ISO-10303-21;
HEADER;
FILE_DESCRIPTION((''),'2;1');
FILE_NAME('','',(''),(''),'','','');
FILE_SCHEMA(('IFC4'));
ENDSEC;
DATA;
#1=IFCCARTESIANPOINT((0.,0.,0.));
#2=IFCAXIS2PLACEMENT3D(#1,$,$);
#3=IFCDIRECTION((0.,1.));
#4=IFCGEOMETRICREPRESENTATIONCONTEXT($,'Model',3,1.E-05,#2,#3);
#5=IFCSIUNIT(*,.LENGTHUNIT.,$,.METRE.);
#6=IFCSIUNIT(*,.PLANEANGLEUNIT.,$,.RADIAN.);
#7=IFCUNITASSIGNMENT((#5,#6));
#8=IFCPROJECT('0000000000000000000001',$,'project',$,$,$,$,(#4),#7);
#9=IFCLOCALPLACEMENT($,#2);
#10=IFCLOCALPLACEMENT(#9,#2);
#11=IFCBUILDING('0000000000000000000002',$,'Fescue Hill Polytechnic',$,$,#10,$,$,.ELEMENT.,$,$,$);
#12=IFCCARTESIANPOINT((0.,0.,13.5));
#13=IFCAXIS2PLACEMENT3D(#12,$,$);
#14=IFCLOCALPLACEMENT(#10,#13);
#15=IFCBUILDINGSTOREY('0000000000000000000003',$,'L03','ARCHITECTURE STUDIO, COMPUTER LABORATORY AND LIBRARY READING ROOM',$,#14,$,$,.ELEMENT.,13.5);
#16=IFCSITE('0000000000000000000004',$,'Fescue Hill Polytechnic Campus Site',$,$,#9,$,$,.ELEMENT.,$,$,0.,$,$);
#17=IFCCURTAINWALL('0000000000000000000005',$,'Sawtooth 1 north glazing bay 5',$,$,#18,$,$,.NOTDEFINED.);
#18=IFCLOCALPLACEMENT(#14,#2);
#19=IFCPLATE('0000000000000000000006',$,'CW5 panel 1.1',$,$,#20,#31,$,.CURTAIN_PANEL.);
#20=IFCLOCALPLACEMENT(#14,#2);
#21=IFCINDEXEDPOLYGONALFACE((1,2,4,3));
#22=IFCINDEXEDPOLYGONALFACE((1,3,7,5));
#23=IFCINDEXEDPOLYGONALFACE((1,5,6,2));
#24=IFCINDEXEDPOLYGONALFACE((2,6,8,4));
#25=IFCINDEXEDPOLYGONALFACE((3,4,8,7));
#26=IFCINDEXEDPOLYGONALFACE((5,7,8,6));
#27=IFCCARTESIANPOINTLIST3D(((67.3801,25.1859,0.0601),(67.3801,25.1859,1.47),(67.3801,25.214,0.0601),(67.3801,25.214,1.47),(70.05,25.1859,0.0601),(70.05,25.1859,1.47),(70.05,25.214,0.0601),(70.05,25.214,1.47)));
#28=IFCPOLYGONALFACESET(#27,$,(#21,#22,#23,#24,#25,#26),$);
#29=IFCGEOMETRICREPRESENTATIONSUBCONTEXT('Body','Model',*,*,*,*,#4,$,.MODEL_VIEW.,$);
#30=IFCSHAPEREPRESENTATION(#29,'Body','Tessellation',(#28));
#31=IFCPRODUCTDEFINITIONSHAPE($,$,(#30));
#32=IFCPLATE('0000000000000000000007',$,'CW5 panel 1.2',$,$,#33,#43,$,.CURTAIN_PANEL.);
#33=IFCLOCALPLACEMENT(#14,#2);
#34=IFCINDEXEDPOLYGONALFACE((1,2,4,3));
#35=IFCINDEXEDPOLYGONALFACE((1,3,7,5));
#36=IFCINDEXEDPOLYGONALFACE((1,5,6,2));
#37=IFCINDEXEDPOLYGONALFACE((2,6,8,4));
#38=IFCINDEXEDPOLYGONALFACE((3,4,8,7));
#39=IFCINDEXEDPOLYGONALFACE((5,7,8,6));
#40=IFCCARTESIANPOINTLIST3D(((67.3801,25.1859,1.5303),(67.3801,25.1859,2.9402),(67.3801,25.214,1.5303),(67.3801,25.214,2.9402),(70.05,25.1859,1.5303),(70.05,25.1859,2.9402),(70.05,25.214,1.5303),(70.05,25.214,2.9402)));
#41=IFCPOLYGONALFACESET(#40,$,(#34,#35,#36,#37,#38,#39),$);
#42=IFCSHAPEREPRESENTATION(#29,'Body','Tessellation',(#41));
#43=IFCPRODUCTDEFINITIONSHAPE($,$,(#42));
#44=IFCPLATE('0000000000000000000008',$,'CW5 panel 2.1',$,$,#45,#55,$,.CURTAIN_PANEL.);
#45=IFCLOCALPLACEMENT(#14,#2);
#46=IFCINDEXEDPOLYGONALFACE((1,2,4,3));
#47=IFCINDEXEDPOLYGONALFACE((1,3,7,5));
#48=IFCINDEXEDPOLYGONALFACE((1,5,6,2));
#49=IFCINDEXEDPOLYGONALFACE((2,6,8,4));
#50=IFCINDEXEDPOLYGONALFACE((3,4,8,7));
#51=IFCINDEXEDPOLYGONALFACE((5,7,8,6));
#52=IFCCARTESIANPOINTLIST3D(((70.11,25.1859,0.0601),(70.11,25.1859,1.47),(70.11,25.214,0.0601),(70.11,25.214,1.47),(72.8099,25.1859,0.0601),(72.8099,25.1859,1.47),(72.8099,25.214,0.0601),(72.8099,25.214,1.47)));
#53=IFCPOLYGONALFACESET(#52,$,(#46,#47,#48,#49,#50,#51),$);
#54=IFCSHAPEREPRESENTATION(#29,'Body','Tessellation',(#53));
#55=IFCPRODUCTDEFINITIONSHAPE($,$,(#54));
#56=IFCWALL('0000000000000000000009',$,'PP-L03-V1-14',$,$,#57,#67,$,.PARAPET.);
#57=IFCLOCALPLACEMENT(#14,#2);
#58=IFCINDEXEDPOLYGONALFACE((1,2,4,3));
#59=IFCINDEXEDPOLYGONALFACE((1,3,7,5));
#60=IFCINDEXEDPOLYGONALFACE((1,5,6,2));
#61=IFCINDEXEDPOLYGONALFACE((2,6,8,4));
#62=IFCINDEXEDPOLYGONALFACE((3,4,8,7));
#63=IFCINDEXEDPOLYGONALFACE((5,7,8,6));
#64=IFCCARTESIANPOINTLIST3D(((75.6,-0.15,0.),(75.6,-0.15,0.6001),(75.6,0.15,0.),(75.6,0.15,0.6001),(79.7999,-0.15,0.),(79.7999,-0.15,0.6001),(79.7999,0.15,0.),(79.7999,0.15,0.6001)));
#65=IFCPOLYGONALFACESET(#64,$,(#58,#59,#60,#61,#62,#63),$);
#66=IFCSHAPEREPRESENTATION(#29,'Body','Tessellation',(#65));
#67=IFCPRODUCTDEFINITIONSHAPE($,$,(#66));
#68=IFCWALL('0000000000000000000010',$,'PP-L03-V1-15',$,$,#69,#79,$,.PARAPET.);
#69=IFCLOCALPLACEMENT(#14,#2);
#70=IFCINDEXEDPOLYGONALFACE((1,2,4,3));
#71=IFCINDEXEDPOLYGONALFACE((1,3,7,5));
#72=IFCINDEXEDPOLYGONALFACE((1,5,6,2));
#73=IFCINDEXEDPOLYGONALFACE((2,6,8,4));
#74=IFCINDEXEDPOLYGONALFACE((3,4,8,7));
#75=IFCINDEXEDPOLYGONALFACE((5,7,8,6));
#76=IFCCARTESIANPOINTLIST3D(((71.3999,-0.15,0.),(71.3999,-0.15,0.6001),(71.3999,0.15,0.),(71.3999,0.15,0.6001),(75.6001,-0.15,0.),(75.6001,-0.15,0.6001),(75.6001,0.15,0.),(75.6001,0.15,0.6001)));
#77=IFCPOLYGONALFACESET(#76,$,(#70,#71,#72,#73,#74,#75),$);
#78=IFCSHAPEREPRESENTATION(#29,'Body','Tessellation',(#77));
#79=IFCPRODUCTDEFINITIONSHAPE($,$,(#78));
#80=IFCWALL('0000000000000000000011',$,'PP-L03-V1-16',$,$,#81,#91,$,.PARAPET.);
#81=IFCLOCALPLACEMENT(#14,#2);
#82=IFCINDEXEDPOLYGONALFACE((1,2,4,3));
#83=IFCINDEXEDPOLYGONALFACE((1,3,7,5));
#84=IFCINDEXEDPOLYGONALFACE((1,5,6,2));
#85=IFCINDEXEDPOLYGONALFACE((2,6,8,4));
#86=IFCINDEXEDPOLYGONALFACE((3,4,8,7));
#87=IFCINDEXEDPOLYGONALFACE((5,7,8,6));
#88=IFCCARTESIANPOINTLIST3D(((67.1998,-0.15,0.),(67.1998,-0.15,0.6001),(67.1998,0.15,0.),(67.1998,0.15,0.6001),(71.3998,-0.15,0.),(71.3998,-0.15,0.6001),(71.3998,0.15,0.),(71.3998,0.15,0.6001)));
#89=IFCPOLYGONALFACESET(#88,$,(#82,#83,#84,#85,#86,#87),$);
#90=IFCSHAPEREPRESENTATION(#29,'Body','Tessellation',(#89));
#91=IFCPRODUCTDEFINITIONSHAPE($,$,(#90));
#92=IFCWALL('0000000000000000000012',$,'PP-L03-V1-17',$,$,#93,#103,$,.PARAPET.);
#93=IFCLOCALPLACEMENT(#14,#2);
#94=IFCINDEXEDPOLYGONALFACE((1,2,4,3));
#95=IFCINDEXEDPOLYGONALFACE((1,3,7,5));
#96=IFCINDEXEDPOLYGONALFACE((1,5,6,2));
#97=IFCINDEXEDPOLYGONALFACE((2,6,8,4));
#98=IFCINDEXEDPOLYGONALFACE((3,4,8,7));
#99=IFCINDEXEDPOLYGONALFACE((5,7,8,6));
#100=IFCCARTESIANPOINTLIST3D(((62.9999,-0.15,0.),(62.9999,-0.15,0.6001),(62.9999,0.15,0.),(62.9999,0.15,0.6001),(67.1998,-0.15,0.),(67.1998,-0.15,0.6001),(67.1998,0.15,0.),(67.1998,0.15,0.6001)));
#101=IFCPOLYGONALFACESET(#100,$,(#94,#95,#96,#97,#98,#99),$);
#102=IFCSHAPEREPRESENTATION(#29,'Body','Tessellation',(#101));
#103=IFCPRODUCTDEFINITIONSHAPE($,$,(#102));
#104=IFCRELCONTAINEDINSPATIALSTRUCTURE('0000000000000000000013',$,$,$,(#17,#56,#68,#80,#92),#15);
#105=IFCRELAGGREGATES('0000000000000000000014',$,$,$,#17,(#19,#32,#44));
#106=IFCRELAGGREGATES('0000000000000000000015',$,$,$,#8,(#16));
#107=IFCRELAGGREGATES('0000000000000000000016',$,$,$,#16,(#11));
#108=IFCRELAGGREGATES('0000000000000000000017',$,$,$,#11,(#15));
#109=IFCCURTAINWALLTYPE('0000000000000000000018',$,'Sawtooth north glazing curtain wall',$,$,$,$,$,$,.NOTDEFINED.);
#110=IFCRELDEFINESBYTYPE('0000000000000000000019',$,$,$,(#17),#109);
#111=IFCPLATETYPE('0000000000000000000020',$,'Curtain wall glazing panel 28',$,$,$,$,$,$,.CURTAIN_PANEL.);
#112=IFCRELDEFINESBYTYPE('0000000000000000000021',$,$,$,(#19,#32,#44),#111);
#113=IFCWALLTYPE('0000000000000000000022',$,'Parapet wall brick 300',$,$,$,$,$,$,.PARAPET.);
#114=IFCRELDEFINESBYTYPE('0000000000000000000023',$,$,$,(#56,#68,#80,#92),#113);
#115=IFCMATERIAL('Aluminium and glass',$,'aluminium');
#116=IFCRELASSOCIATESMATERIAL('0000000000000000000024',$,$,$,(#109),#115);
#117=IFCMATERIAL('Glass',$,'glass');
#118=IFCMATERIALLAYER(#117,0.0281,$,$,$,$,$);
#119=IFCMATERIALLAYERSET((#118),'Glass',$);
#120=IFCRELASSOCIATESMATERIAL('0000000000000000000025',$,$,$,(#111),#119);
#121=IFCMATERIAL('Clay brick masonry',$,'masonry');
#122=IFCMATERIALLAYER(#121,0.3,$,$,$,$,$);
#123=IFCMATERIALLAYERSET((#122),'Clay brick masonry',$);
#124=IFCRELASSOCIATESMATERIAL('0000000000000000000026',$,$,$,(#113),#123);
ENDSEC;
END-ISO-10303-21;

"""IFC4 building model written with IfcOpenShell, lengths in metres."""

from ifc_helpers import new_model, si_unit, direction, frame, frame_2d, origin, origin_2d, place, context, subcontext, project, spatial, rectangle, extrude, material, layer, layer_set, type_object, element, aggregate, save


model = new_model("IFC4")

# Units and contexts
model_context = context("Model", 3, precision=1e-05, world=origin(), true_north=direction((0.0, 1.0)))
body_context = subcontext(model_context, "Body", "Model", "MODEL_VIEW")
ifc_project = project(units=[si_unit("LENGTHUNIT", "METRE"), si_unit("PLANEANGLEUNIT", "RADIAN")], contexts=[model_context])

# Site, building, storey
site_placement = place(None, origin())
site = spatial("IfcSite", under=ifc_project, at=site_placement, Name="Fescue Hill Polytechnic Campus Site", CompositionType="ELEMENT", RefElevation=0.0)
building_placement = place(site_placement, origin())
building = spatial("IfcBuilding", under=site, at=building_placement, Name="Fescue Hill Polytechnic", CompositionType="ELEMENT")
storey_placement = place(building_placement, frame((0.0, 0.0, 13.5)))
storey = spatial("IfcBuildingStorey", under=building, at=storey_placement, Name="L03", Description="ARCHITECTURE STUDIO, COMPUTER LABORATORY AND LIBRARY READING ROOM", CompositionType="ELEMENT", Elevation=13.5)

# Shared definitions
ifc_material_1 = material(Name="Aluminium and glass", Category="aluminium")
curtain_wall_type = type_object("IfcCurtainWallType", Name="Sawtooth north glazing curtain wall", PredefinedType="NOTDEFINED", material=ifc_material_1)

# Curtain wall
curtain_wall_1_placement = place(storey_placement, origin())
curtain_wall_1 = element("IfcCurtainWall", 1, at=curtain_wall_1_placement, inside=storey, type_object=curtain_wall_type, Name="Sawtooth 1 north glazing bay 5", PredefinedType="NOTDEFINED")

# Plates
ifc_material_2 = material(Name="Glass", Category="glass")
ifc_layer_1 = layer(ifc_material_2, 0.0281)
ifc_layer_set_1 = layer_set([ifc_layer_1], Name="Glass")
plate_type = type_object("IfcPlateType", Name="Curtain wall glazing panel 28", PredefinedType="CURTAIN_PANEL", material=ifc_layer_set_1)
plate_1_placement = place(storey_placement, frame((68.7151, 25.2, 0.0601), z_axis=(0.0, 0.0, 1.0), x_axis=(1.0, 0.0, 0.0)))
plate_1 = element("IfcPlate", 2, at=plate_1_placement, type_object=plate_type, Name="CW5 panel 1.1", PredefinedType="CURTAIN_PANEL", context=body_context, shape_type="SweptSolid", body=[
    extrude(rectangle(XDim=2.6699, YDim=0.0281, at=origin_2d()), origin(), (0.0, 0.0, 1.0), 1.4099),
])
plate_2_placement = place(storey_placement, frame((68.7151, 25.2, 1.5303), z_axis=(0.0, 0.0, 1.0), x_axis=(1.0, 0.0, 0.0)))
plate_2 = element("IfcPlate", 3, at=plate_2_placement, type_object=plate_type, Name="CW5 panel 1.2", PredefinedType="CURTAIN_PANEL", context=body_context, shape_type="SweptSolid", body=[
    extrude(rectangle(XDim=2.6699, YDim=0.0281, at=origin_2d()), origin(), (0.0, 0.0, 1.0), 1.4099),
])
plate_3_placement = place(storey_placement, frame((71.46, 25.2, 0.0601), z_axis=(0.0, 0.0, 1.0), x_axis=(1.0, 0.0, 0.0)))
plate_3 = element("IfcPlate", 4, at=plate_3_placement, type_object=plate_type, Name="CW5 panel 2.1", PredefinedType="CURTAIN_PANEL", context=body_context, shape_type="SweptSolid", body=[
    extrude(rectangle(XDim=2.7, YDim=0.0281, at=origin_2d()), origin(), (0.0, 0.0, 1.0), 1.4099),
])
aggregate(curtain_wall_1, [plate_1, plate_2, plate_3])

# Walls
ifc_material_3 = material(Name="Clay brick masonry", Category="masonry")
ifc_layer_2 = layer(ifc_material_3, 0.3)
ifc_layer_set_2 = layer_set([ifc_layer_2], Name="Clay brick masonry")
wall_type = type_object("IfcWallType", Name="Parapet wall brick 300", PredefinedType="PARAPET", material=ifc_layer_set_2)
wall_1_placement = place(storey_placement, frame((79.8, 0.0, 0.0), z_axis=(0.0, 0.0, 1.0), x_axis=(-1.0, 0.0, 0.0)))
element("IfcWall", 5, at=wall_1_placement, inside=storey, type_object=wall_type, Name="PP-L03-V1-14", PredefinedType="PARAPET", context=body_context, shape_type="SweptSolid", body=[
    extrude(rectangle(XDim=4.2, YDim=0.3, at=frame_2d((2.1001, 0.0))), origin(), (0.0, 0.0, 1.0), 0.6001),
])
wall_2_placement = place(storey_placement, frame((75.6001, 0.0, 0.0), z_axis=(0.0, 0.0, 1.0), x_axis=(-1.0, 0.0, 0.0)))
element("IfcWall", 6, at=wall_2_placement, inside=storey, type_object=wall_type, Name="PP-L03-V1-15", PredefinedType="PARAPET", context=body_context, shape_type="SweptSolid", body=[
    extrude(rectangle(XDim=4.2002, YDim=0.3, at=frame_2d((2.1001, 0.0))), origin(), (0.0, 0.0, 1.0), 0.6001),
])
for number, where, z_axis, x_axis, name in (
    (7, (71.3999, 0.0, 0.0), (0.0, 0.0, 1.0), (-1.0, 0.0, 0.0), "PP-L03-V1-16"),
    (8, (67.2, 0.0, 0.0), (0.0, 0.0, 1.0), (-1.0, 0.0, 0.0), "PP-L03-V1-17"),
):
    element("IfcWall", number, at=place(storey_placement, frame(where, z_axis=z_axis, x_axis=x_axis)), inside=storey, type_object=wall_type, Name=name, PredefinedType="PARAPET", context=body_context, shape_type="SweptSolid", body=[
        extrude(rectangle(XDim=4.2, YDim=0.3, at=frame_2d((2.1001, 0.0))), origin(), (0.0, 0.0, 1.0), 0.6001),
    ])

save(model, "model.ifc")
